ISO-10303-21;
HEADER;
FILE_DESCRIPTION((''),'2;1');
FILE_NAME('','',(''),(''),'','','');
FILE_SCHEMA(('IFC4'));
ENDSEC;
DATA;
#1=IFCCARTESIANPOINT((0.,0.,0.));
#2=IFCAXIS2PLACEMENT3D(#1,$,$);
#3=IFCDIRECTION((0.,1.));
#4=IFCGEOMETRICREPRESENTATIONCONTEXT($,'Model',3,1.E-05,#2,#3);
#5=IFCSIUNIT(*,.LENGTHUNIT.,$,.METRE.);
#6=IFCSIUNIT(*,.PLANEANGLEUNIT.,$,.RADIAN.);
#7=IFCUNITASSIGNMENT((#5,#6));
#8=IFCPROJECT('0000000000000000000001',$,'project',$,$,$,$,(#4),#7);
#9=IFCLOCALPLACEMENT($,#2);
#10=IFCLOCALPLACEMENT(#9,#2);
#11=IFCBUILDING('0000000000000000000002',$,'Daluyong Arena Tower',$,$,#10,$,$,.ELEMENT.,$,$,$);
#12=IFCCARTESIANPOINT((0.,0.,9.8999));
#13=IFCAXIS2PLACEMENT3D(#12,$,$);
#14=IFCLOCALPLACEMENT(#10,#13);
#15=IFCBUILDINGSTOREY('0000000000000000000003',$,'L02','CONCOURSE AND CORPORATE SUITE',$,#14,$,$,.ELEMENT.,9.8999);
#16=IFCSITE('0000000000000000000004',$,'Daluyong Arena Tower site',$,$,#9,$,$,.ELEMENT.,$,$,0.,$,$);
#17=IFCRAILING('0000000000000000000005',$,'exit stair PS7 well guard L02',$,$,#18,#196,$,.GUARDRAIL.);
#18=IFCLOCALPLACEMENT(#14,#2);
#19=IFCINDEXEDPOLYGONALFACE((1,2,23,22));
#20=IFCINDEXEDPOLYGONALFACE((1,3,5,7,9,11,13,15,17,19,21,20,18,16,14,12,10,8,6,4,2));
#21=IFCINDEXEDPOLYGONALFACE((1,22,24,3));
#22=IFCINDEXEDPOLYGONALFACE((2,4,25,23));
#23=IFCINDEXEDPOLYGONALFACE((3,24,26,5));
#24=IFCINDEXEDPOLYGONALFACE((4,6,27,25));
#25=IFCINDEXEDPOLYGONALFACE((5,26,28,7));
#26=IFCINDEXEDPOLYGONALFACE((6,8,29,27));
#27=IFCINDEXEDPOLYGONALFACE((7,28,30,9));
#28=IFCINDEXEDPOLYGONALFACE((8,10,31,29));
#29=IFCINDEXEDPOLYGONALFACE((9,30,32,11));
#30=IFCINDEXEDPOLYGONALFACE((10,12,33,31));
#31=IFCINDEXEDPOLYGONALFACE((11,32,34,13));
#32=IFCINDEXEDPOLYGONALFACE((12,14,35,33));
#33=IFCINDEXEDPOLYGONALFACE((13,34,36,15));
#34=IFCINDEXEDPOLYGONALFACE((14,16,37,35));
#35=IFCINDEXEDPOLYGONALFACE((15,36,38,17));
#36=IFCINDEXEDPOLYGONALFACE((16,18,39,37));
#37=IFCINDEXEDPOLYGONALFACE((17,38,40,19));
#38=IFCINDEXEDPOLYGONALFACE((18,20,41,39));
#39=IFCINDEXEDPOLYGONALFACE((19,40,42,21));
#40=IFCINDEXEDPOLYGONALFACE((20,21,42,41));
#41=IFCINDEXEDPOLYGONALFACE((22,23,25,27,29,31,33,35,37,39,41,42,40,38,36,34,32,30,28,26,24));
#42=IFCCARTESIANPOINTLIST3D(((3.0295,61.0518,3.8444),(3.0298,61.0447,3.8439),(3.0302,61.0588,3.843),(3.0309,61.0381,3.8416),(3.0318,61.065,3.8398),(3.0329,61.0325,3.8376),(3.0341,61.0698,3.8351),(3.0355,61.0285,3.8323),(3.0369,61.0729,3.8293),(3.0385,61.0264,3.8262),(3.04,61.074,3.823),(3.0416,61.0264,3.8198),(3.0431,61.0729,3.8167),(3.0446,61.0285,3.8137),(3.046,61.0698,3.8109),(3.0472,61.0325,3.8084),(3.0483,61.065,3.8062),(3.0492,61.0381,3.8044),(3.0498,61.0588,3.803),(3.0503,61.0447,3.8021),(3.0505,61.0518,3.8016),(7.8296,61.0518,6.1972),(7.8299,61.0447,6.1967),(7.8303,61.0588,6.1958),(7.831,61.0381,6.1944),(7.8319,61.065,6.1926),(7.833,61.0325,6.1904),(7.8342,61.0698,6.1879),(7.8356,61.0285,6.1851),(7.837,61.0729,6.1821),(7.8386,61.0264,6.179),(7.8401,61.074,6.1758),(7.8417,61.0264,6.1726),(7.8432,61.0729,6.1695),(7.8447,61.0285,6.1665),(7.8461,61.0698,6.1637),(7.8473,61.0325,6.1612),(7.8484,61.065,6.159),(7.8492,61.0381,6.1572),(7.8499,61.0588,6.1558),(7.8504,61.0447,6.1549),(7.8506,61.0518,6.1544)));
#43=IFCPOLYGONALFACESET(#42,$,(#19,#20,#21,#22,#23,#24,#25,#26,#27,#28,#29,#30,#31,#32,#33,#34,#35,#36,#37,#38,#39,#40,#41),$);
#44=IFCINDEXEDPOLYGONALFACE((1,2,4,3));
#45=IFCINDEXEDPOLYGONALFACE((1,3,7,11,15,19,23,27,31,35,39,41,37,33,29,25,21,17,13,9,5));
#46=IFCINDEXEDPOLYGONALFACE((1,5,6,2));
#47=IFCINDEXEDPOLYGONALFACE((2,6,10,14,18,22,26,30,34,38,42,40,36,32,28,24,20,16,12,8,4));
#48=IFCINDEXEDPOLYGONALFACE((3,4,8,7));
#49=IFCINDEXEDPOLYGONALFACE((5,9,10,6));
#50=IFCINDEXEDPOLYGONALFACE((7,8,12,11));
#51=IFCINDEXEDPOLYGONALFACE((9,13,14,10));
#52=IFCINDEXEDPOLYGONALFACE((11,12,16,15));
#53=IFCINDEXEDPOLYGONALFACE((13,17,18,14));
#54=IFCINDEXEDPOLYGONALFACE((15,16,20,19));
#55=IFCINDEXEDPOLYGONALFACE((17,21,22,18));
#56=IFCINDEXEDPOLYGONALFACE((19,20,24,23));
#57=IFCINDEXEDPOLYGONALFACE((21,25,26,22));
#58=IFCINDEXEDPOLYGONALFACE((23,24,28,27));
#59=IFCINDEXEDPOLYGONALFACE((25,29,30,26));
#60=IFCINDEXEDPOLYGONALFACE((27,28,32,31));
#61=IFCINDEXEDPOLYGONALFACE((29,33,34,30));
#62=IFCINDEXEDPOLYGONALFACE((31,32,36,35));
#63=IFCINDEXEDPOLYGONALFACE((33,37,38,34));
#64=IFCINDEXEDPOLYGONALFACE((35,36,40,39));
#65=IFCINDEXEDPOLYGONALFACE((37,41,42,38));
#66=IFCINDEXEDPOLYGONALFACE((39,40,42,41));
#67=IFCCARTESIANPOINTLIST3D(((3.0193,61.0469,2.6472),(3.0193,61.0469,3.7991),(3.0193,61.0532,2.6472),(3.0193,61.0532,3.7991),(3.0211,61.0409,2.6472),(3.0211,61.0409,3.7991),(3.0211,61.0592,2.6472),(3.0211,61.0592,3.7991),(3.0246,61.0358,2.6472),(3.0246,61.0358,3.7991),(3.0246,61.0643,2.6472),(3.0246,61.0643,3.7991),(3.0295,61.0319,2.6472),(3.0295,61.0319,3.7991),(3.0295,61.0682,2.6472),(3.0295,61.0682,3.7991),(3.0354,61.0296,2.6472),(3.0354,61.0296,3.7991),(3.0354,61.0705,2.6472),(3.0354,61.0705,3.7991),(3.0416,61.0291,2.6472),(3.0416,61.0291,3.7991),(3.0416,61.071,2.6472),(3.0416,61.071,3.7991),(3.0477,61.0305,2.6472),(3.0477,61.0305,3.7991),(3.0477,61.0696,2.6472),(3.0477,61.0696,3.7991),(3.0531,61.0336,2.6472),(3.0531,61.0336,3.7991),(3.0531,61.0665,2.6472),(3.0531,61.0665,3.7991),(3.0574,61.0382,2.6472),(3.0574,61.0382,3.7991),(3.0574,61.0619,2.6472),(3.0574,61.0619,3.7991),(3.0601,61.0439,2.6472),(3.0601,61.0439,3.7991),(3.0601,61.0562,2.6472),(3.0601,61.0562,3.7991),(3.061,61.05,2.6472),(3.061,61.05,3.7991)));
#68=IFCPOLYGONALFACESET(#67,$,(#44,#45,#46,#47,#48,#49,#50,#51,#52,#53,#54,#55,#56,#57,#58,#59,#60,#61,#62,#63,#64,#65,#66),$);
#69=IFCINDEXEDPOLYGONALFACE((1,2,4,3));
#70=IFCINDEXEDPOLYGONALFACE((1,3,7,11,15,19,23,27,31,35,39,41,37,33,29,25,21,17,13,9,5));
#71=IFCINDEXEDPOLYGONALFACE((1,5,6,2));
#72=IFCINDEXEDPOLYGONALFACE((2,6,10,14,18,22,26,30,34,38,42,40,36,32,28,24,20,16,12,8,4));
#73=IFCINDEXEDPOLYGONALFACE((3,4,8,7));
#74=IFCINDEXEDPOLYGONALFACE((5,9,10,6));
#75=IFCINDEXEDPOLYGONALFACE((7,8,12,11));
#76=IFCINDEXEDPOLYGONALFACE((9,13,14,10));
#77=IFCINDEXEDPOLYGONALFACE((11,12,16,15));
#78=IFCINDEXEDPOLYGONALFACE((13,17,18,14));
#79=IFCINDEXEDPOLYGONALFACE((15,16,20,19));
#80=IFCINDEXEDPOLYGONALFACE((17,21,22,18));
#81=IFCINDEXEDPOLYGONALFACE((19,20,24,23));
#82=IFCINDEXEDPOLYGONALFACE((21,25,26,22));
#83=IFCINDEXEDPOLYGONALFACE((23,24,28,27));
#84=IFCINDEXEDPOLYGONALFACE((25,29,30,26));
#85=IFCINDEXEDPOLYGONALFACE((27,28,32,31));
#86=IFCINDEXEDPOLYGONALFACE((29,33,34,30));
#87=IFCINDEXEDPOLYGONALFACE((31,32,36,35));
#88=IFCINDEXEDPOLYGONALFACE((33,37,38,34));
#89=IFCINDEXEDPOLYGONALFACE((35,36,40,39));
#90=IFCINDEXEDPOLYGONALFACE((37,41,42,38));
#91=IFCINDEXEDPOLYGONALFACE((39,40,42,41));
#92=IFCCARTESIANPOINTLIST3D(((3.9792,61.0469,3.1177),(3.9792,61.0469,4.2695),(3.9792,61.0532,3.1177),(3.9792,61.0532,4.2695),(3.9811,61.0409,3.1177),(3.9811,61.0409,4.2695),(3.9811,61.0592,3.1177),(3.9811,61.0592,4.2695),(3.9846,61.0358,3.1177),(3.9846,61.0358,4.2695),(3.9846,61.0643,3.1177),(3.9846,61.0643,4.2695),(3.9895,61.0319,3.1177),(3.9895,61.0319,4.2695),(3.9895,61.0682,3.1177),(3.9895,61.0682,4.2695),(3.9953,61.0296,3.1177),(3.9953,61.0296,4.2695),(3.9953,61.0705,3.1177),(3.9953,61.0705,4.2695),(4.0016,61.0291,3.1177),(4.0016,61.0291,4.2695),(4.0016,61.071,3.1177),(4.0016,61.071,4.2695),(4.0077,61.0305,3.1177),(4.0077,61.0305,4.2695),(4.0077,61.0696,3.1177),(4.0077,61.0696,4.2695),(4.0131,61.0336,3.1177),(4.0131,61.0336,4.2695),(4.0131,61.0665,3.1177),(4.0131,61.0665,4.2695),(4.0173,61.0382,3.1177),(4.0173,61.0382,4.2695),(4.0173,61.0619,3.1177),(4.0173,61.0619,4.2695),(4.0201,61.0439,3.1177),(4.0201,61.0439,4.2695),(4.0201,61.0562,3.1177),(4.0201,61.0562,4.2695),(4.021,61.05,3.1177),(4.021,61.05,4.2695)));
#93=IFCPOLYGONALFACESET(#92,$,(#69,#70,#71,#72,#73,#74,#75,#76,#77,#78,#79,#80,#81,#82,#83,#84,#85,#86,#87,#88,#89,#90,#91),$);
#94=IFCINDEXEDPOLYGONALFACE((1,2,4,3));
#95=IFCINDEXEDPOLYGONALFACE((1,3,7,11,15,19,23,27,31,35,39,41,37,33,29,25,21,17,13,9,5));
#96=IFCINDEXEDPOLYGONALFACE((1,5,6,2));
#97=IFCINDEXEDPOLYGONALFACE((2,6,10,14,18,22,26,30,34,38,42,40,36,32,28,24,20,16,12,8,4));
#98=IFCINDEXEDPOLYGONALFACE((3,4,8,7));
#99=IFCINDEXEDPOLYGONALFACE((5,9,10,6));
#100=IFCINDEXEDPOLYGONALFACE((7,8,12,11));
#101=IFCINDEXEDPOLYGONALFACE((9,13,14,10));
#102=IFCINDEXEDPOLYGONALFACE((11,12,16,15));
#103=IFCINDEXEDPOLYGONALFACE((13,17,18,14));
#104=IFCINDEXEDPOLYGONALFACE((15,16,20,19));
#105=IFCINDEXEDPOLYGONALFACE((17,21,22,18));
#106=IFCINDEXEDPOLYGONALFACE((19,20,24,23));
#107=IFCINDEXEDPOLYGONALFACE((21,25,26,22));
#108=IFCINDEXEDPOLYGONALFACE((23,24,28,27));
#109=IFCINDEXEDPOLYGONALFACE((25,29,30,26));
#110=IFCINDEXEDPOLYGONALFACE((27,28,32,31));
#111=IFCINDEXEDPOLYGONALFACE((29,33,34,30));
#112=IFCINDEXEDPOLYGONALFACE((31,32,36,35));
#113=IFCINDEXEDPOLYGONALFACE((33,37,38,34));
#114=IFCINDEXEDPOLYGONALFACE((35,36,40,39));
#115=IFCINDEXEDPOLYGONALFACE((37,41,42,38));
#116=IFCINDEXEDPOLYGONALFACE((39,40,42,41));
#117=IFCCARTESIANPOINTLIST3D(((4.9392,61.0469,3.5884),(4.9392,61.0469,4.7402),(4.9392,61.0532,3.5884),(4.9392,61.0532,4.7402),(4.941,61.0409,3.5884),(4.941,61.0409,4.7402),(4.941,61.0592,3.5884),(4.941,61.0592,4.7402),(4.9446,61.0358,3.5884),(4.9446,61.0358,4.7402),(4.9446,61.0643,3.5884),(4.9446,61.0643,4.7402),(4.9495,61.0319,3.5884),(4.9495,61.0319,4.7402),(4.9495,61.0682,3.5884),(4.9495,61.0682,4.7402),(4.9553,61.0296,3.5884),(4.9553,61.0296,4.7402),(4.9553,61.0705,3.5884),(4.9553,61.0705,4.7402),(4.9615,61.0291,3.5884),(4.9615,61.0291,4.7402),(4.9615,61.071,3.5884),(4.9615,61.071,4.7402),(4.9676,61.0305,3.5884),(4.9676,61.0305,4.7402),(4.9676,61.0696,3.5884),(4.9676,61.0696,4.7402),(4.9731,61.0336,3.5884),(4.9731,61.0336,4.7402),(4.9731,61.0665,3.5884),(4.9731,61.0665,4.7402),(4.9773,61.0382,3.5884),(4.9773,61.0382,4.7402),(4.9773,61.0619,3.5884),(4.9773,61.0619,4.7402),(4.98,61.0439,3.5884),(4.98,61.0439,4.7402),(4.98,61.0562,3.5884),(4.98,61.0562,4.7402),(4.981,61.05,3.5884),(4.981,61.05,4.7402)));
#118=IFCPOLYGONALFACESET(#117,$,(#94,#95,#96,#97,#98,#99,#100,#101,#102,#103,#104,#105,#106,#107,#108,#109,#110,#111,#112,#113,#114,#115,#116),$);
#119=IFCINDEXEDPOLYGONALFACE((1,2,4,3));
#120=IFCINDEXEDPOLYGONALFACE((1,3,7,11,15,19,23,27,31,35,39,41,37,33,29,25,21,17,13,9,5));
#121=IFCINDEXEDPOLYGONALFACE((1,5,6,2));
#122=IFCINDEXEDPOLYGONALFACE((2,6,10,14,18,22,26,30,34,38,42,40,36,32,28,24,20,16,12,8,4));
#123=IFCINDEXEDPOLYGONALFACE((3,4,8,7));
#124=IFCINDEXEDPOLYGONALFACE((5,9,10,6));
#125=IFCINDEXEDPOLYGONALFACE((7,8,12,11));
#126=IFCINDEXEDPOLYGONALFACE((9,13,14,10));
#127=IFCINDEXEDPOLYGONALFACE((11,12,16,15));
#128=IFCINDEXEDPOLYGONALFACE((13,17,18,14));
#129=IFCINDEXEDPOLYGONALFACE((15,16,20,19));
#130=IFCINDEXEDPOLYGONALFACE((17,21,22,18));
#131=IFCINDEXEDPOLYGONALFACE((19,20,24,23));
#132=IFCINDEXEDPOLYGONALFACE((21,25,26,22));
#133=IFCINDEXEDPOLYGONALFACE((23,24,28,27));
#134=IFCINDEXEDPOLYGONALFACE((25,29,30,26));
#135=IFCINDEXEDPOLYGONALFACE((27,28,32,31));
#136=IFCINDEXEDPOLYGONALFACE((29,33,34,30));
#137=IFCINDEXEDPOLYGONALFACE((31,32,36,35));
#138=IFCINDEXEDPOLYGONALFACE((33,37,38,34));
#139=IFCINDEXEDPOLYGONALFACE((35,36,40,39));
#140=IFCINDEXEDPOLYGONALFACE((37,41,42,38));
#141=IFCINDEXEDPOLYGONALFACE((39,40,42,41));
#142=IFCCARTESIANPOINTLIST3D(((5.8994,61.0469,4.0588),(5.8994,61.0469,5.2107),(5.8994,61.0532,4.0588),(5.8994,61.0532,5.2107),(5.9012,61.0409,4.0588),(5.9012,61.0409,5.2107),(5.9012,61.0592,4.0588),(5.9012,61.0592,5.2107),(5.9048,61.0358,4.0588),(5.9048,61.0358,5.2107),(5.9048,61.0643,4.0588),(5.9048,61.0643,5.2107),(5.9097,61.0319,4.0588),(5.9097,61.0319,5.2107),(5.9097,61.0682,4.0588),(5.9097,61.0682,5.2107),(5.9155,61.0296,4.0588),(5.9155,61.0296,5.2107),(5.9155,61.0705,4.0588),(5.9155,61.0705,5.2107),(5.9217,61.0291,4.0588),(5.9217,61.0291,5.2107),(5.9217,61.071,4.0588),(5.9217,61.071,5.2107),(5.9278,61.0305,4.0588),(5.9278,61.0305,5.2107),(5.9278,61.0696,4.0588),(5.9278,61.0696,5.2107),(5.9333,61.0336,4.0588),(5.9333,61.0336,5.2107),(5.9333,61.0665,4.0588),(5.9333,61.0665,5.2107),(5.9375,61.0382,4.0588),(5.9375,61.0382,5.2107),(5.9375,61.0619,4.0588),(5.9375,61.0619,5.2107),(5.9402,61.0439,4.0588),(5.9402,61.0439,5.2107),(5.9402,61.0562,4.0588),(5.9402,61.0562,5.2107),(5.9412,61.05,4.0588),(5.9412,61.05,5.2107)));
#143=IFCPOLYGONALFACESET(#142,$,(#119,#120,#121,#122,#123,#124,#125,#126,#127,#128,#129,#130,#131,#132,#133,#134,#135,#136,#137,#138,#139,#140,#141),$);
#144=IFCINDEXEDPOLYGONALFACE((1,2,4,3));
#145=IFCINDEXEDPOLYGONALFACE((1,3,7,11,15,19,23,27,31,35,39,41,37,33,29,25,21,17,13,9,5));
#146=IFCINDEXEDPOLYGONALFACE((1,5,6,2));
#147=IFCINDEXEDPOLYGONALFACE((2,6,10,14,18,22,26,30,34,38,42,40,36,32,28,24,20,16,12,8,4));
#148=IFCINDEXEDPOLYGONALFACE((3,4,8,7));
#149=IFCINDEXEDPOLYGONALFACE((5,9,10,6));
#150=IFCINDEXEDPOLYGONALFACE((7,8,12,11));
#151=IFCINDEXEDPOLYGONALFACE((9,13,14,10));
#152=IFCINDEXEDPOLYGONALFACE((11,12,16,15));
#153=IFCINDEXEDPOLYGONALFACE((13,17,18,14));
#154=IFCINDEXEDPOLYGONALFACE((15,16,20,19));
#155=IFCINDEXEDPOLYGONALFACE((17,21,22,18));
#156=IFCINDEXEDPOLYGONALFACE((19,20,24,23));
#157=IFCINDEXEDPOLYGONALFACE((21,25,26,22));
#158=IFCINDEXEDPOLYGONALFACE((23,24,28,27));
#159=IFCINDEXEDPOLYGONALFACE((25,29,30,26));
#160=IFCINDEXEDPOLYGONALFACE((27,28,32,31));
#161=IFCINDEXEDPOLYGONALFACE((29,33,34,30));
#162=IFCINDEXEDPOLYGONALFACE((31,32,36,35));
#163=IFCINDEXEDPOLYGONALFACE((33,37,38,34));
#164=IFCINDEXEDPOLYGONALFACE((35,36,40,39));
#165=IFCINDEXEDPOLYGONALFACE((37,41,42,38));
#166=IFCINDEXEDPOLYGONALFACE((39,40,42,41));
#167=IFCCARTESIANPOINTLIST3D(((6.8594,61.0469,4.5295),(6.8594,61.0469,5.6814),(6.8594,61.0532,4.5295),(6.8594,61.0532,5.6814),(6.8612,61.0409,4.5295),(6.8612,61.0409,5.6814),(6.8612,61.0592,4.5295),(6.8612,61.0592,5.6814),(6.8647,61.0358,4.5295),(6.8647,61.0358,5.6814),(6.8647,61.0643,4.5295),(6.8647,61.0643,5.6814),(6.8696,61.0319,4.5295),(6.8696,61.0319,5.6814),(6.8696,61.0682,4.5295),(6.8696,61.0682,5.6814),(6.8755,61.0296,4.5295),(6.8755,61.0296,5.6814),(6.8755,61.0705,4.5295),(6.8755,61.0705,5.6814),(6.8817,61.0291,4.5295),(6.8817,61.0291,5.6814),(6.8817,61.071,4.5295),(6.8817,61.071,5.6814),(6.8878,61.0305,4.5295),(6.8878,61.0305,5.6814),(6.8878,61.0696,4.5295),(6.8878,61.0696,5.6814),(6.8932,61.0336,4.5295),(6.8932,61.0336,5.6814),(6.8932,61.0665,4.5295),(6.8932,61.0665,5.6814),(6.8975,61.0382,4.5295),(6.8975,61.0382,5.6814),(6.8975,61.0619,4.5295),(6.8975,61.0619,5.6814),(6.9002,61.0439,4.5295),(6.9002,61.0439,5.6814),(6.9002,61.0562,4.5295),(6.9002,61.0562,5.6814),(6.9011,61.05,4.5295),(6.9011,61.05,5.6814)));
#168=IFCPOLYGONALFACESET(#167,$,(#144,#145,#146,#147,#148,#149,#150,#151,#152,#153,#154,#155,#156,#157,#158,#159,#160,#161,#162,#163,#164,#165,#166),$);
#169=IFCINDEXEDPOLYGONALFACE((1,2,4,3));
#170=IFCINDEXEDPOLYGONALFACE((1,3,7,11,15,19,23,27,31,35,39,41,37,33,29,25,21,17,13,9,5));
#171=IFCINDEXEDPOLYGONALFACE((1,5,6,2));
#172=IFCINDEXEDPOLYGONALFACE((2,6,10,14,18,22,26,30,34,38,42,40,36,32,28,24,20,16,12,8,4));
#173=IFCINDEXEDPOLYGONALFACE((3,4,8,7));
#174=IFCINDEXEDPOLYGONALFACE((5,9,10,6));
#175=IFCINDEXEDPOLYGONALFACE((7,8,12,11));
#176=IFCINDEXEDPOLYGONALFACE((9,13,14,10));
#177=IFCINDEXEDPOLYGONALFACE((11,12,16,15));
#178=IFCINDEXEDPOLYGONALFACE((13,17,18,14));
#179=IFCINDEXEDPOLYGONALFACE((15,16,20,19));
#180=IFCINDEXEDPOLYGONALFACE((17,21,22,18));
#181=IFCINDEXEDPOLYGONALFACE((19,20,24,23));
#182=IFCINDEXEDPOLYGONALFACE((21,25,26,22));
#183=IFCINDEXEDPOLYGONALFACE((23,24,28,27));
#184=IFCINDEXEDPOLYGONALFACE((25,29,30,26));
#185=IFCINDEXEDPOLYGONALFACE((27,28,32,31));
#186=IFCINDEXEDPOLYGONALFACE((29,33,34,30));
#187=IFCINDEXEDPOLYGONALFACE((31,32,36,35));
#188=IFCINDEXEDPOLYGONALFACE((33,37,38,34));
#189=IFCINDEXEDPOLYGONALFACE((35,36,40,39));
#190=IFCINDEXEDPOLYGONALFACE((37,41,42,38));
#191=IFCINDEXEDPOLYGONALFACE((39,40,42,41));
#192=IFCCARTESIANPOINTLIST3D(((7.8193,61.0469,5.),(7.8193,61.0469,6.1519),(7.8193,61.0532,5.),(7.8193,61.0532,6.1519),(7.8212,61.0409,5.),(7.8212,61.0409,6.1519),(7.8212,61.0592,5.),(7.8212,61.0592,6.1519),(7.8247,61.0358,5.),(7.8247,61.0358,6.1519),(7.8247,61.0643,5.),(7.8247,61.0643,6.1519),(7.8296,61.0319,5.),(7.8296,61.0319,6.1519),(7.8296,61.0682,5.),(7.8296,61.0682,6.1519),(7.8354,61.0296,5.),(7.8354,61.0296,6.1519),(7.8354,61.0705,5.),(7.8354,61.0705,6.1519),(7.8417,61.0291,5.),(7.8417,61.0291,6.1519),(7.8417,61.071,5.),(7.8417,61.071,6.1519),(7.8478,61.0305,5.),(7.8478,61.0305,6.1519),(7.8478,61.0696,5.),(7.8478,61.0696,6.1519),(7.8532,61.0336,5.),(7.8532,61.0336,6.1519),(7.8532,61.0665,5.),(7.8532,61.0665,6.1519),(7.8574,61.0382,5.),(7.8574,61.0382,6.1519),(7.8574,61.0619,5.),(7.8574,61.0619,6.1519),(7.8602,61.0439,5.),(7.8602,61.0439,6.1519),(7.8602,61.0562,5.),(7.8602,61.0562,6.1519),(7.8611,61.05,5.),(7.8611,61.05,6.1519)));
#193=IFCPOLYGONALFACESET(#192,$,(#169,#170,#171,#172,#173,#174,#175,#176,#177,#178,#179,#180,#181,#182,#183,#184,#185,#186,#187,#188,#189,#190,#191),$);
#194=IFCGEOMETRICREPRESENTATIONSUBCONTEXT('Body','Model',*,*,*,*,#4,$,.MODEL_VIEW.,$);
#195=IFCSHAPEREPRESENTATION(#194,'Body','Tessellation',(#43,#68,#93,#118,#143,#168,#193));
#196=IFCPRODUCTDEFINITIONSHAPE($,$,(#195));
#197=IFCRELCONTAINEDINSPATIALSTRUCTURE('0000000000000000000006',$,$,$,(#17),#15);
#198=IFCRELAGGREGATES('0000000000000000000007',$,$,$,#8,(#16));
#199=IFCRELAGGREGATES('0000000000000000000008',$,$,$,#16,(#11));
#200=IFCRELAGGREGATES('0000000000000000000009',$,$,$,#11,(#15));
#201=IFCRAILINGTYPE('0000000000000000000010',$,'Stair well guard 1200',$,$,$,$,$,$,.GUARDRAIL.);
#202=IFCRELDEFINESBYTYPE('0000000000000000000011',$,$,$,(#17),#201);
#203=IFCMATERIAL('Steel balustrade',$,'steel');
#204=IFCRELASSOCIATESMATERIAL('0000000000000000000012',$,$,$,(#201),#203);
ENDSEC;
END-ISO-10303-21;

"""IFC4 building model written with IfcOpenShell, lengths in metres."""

from ifc_helpers import new_model, si_unit, direction, frame, origin, origin_2d, place, context, subcontext, project, spatial, circle, extrude, material, type_object, element, save


model = new_model("IFC4")

# Units and contexts
model_context = context("Model", 3, precision=1e-05, world=origin(), true_north=direction((0.0, 1.0)))
body_context = subcontext(model_context, "Body", "Model", "MODEL_VIEW")
ifc_project = project(units=[si_unit("LENGTHUNIT", "METRE"), si_unit("PLANEANGLEUNIT", "RADIAN")], contexts=[model_context])

# Site, building, storey
site_placement = place(None, origin())
site = spatial("IfcSite", under=ifc_project, at=site_placement, Name="Daluyong Arena Tower site", CompositionType="ELEMENT", RefElevation=0.0)
building_placement = place(site_placement, origin())
building = spatial("IfcBuilding", under=site, at=building_placement, Name="Daluyong Arena Tower", CompositionType="ELEMENT")
storey_placement = place(building_placement, frame((0.0, 0.0, 9.8999)))
storey = spatial("IfcBuildingStorey", under=building, at=storey_placement, Name="L02", Description="CONCOURSE AND CORPORATE SUITE", CompositionType="ELEMENT", Elevation=9.8999)

# Railing
ifc_material_1 = material(Name="Steel balustrade", Category="steel")
railing_type_1 = type_object("IfcRailingType", Name="Stair well guard 1200", PredefinedType="GUARDRAIL", material=ifc_material_1)
railing_1_placement = place(storey_placement, frame((3.04, 61.05, 2.6472)))
element("IfcRailing", 1, at=railing_1_placement, inside=storey, type_object=railing_type_1, Name="exit stair PS7 well guard L02", PredefinedType="GUARDRAIL", context=body_context, shape_type="SweptSolid", body=[
    extrude(circle(Radius=0.0239, at=origin_2d()), frame((0.0, 0.0, 1.1758), z_axis=(0.897934, 0.0, 0.44013), x_axis=(0.0, 1.0, 0.0)), (0.0, 0.0, 1.0), 5.3457),
    extrude(circle(Radius=0.021, at=origin_2d()), origin(), (0.0, 0.0, 1.0), 1.1519),
    extrude(circle(Radius=0.021, at=origin_2d()), frame((0.96, 0.0, 0.4705)), (0.0, 0.0, 1.0), 1.1519),
    extrude(circle(Radius=0.021, at=origin_2d()), frame((1.9199, 0.0, 0.9412)), (0.0, 0.0, 1.0), 1.1519),
    extrude(circle(Radius=0.021, at=origin_2d()), frame((2.8801, 0.0, 1.4116)), (0.0, 0.0, 1.0), 1.1519),
    extrude(circle(Radius=0.021, at=origin_2d()), frame((3.8401, 0.0, 1.8823)), (0.0, 0.0, 1.0), 1.1519),
    extrude(circle(Radius=0.021, at=origin_2d()), frame((4.8, 0.0, 2.3528)), (0.0, 0.0, 1.0), 1.1519),
])

save(model, "model.ifc")
